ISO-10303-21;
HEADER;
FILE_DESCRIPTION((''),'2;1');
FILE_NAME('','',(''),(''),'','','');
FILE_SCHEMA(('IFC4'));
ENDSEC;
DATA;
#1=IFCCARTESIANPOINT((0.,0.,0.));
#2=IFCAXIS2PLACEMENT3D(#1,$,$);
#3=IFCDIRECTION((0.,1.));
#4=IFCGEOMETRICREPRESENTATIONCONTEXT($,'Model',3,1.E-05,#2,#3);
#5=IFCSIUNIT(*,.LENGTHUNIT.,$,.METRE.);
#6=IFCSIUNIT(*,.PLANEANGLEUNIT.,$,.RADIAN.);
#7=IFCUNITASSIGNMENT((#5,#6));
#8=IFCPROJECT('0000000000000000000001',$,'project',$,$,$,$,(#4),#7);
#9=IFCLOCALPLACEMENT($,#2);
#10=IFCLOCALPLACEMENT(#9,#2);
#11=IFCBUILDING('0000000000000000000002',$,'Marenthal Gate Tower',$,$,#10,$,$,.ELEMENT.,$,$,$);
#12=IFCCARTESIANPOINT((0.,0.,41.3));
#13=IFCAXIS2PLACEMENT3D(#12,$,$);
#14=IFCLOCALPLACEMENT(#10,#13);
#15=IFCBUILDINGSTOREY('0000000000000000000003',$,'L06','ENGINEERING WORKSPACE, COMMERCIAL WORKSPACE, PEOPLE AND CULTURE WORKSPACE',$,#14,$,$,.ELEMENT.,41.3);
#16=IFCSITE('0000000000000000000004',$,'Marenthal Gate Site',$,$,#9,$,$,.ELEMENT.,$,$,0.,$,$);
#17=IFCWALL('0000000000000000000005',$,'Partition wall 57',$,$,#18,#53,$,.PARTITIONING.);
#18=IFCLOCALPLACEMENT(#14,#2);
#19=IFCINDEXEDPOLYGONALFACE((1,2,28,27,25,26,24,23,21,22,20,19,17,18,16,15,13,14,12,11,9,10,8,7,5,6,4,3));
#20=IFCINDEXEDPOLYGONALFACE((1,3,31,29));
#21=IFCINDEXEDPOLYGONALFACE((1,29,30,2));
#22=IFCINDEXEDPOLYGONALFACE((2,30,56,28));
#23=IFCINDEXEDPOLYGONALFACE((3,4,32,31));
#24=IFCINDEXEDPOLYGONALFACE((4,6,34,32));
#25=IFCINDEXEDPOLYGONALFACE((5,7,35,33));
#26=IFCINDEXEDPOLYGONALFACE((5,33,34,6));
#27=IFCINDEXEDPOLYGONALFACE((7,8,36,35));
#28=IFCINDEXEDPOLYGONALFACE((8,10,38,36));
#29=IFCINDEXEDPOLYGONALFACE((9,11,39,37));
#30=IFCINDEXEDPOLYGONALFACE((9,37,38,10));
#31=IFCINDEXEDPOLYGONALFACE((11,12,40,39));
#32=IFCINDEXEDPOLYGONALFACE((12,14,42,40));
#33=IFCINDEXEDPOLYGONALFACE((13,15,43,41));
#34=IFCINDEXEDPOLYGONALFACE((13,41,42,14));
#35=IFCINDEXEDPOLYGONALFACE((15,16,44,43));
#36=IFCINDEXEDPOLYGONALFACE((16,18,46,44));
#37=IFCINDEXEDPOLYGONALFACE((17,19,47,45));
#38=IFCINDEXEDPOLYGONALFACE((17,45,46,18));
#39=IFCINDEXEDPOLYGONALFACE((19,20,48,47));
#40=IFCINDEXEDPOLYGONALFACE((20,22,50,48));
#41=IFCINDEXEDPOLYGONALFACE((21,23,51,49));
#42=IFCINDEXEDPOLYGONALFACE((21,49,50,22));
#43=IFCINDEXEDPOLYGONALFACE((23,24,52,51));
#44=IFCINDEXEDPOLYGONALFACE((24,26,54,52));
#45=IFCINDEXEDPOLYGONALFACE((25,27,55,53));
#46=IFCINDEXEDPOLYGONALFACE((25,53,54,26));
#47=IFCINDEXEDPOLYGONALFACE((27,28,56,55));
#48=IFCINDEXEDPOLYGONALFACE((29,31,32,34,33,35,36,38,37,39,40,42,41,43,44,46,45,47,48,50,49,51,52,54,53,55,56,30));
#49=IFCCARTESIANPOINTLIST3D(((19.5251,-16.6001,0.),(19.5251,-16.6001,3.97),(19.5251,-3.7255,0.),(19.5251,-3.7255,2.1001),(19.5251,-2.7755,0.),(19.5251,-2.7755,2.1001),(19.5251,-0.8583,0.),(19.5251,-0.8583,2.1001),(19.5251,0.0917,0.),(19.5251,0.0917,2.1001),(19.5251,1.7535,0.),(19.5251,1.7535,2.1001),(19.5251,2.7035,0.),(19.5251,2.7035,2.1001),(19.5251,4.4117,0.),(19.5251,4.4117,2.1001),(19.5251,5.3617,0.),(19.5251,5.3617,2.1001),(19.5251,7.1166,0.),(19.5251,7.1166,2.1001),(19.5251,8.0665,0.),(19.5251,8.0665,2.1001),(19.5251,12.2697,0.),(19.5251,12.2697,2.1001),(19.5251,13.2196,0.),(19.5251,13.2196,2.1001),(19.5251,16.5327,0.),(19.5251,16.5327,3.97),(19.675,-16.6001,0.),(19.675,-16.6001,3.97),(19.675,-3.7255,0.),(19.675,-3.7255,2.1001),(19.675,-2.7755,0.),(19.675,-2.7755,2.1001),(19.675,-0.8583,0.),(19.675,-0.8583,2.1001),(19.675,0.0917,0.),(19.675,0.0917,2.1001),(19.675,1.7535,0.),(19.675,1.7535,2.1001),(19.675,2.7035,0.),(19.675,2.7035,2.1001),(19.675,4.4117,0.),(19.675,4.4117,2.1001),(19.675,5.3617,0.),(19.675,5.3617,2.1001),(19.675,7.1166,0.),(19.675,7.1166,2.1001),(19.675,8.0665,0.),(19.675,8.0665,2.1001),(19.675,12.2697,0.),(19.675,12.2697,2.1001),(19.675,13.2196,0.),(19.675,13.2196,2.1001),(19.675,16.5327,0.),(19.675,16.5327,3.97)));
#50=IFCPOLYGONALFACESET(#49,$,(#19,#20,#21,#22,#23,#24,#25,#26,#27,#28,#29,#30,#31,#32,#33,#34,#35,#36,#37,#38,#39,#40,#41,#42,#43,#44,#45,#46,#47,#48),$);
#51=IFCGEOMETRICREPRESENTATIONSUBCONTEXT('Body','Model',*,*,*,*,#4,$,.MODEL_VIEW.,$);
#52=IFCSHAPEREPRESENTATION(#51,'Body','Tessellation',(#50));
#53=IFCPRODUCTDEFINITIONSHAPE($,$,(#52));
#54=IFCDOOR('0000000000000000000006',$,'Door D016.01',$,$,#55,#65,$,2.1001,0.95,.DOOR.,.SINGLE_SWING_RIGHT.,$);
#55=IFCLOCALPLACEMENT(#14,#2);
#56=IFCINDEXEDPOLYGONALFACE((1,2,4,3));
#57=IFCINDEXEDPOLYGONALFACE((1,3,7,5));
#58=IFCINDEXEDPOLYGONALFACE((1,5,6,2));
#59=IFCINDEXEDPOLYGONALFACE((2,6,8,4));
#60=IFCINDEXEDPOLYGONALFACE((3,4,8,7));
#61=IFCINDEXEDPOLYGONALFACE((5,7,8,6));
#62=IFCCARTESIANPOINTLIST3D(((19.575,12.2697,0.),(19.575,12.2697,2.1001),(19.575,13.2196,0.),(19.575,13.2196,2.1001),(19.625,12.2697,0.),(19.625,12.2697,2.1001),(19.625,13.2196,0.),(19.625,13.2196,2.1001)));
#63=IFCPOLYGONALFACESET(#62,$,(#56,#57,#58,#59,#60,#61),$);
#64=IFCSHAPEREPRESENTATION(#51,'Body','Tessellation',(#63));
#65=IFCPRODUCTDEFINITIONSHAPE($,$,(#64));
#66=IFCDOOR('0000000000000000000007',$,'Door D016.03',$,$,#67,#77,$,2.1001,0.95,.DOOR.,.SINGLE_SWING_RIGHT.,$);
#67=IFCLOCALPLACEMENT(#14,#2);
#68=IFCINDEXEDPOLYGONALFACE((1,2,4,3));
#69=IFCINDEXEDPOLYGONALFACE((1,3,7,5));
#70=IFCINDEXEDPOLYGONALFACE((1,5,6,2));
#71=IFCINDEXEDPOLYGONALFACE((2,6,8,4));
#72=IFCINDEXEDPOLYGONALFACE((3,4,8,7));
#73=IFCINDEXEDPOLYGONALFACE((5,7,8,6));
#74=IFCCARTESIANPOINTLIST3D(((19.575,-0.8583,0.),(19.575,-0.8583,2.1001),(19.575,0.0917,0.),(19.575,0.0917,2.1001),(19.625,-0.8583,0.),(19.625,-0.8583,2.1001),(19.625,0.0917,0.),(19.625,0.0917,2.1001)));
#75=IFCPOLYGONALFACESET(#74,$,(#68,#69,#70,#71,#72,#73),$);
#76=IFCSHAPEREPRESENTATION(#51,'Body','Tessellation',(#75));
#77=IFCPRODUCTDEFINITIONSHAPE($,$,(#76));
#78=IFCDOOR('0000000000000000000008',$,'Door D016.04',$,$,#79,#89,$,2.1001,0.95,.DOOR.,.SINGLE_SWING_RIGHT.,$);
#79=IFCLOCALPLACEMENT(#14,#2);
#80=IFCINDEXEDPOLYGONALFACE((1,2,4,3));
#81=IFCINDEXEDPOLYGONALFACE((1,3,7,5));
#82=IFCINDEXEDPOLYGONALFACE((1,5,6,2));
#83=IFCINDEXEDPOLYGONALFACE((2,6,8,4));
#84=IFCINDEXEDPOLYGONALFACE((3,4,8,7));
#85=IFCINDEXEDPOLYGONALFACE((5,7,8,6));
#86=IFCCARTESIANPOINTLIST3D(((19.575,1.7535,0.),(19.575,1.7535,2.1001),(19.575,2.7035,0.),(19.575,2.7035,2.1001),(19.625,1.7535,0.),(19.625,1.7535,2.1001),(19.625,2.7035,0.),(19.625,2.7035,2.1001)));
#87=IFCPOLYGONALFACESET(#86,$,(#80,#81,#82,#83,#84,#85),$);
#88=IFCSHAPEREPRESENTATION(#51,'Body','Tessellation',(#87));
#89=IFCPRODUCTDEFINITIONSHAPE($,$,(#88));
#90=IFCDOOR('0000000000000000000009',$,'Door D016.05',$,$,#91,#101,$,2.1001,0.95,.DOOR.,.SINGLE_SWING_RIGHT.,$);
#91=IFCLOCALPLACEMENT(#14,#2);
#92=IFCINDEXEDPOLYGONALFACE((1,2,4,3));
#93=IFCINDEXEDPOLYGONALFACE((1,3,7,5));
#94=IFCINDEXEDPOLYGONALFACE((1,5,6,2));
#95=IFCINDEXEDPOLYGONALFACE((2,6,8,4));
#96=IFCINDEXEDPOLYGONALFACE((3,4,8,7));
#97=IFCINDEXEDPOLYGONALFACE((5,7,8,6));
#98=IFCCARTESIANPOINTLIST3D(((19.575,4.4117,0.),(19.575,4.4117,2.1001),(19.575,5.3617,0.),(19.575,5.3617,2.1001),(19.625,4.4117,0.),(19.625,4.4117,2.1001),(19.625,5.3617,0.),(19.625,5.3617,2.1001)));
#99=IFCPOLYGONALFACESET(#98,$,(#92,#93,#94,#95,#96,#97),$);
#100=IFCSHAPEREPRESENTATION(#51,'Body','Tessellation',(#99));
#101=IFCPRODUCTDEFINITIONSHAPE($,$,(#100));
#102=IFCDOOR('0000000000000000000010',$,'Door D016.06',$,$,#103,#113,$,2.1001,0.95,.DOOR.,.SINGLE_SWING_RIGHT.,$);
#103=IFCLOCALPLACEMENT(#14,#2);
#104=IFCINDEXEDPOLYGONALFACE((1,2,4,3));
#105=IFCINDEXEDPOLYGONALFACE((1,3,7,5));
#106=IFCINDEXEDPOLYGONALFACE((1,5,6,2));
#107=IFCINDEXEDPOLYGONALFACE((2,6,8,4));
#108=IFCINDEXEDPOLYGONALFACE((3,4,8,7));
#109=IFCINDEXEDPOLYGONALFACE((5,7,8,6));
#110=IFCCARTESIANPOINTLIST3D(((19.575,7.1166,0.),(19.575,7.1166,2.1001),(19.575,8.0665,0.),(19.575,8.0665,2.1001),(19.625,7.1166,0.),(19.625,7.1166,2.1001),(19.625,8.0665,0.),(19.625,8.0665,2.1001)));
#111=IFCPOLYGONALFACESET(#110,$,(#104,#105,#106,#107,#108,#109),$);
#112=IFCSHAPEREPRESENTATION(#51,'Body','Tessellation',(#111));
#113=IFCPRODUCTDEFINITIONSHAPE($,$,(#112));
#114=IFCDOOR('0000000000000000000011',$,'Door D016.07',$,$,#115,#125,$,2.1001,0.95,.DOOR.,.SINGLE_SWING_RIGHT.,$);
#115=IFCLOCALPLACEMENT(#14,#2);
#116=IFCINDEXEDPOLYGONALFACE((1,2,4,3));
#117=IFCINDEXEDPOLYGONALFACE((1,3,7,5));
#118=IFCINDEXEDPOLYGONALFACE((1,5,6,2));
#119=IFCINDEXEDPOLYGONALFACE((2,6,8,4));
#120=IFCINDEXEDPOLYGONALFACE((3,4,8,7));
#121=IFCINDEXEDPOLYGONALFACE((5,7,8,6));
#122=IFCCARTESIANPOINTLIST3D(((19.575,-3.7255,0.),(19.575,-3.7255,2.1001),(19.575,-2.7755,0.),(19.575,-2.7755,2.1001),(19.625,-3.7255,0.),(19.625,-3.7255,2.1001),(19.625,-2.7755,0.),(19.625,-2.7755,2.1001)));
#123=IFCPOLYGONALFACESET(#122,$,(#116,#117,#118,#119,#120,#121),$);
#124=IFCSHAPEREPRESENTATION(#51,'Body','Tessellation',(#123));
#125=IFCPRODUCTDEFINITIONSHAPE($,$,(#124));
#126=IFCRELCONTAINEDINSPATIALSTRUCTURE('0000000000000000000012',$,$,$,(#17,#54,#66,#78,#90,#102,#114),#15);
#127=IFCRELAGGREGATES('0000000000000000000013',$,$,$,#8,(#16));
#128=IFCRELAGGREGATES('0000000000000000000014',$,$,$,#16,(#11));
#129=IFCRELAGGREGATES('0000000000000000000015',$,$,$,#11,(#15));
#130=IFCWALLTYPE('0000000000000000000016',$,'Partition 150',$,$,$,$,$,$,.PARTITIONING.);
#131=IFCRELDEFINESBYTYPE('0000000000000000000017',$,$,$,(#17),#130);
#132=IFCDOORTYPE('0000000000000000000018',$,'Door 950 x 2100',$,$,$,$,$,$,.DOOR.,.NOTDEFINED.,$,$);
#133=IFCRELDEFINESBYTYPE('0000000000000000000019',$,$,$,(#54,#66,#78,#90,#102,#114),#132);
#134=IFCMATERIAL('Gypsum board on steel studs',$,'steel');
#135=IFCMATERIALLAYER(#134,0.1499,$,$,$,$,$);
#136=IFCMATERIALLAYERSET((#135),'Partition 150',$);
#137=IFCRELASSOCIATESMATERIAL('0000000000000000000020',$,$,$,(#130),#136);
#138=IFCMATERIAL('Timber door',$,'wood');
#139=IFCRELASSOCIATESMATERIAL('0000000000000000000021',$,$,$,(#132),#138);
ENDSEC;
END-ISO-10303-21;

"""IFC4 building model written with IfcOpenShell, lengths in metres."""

from ifc_helpers import new_model, si_unit, direction, frame, frame_2d, origin, place, context, subcontext, project, spatial, rectangle, extrude, material, layer, layer_set, type_object, element, fill, save


model = new_model("IFC4")

# Units and contexts
model_context = context("Model", 3, precision=1e-05, world=origin(), true_north=direction((0.0, 1.0)))
body_context = subcontext(model_context, "Body", "Model", "MODEL_VIEW")
ifc_project = project(units=[si_unit("LENGTHUNIT", "METRE"), si_unit("PLANEANGLEUNIT", "RADIAN")], contexts=[model_context])

# Site, building, storey
site_placement = place(None, origin())
site = spatial("IfcSite", under=ifc_project, at=site_placement, Name="Marenthal Gate Site", CompositionType="ELEMENT", RefElevation=0.0)
building_placement = place(site_placement, origin())
building = spatial("IfcBuilding", under=site, at=building_placement, Name="Marenthal Gate Tower", CompositionType="ELEMENT")
storey_placement = place(building_placement, frame((0.0, 0.0, 41.3)))
storey = spatial("IfcBuildingStorey", under=building, at=storey_placement, Name="L06", Description="ENGINEERING WORKSPACE, COMMERCIAL WORKSPACE, PEOPLE AND CULTURE WORKSPACE", CompositionType="ELEMENT", Elevation=41.3)

# Wall, openings, doors
ifc_material_1 = material(Name="Gypsum board on steel studs", Category="steel")
ifc_layer_1 = layer(ifc_material_1, 0.1499)
ifc_layer_set_1 = layer_set([ifc_layer_1], Name="Partition 150")
wall_type_1 = type_object("IfcWallType", Name="Partition 150", PredefinedType="PARTITIONING", material=ifc_layer_set_1)
wall_1_placement = place(storey_placement, frame((19.6001, 16.5327, 0.0), z_axis=(0.0, 0.0, 1.0), x_axis=(0.0, -1.0, 0.0)))
wall_1 = element("IfcWall", 1, at=wall_1_placement, inside=storey, type_object=wall_type_1, Name="Partition wall 57", PredefinedType="PARTITIONING", context=body_context, shape_type="SweptSolid", body=[
    extrude(rectangle(XDim=33.1328, YDim=0.1499, at=frame_2d((16.5664, 0.0))), origin(), (0.0, 0.0, 1.0), 3.97),
])
opening_1_placement = place(wall_1_placement, frame((3.313, 0.0, 0.0)))
opening_1 = element("IfcOpeningElement", 2, at=opening_1_placement, cuts=wall_1, PredefinedType="OPENING", context=body_context, shape_type="SweptSolid", body=[
    extrude(rectangle(XDim=0.95, YDim=2.1001, at=frame_2d((0.4751, 1.05))), frame((0.0, 0.085, 0.0), z_axis=(0.0, -1.0, 0.0), x_axis=(1.0, 0.0, 0.0)), (0.0, 0.0, 1.0), 0.1699),
])
opening_2_placement = place(wall_1_placement, frame((16.4409, 0.0, 0.0)))
opening_2 = element("IfcOpeningElement", 3, at=opening_2_placement, cuts=wall_1, PredefinedType="OPENING", context=body_context, shape_type="SweptSolid", body=[
    extrude(rectangle(XDim=0.95, YDim=2.1001, at=frame_2d((0.4751, 1.05))), frame((0.0, 0.085, 0.0), z_axis=(0.0, -1.0, 0.0), x_axis=(1.0, 0.0, 0.0)), (0.0, 0.0, 1.0), 0.1699),
])
opening_3_placement = place(wall_1_placement, frame((13.8291, 0.0, 0.0)))
opening_3 = element("IfcOpeningElement", 4, at=opening_3_placement, cuts=wall_1, PredefinedType="OPENING", context=body_context, shape_type="SweptSolid", body=[
    extrude(rectangle(XDim=0.95, YDim=2.1001, at=frame_2d((0.4751, 1.05))), frame((0.0, 0.085, 0.0), z_axis=(0.0, -1.0, 0.0), x_axis=(1.0, 0.0, 0.0)), (0.0, 0.0, 1.0), 0.1699),
])
opening_4_placement = place(wall_1_placement, frame((11.1709, 0.0, 0.0)))
opening_4 = element("IfcOpeningElement", 5, at=opening_4_placement, cuts=wall_1, PredefinedType="OPENING", context=body_context, shape_type="SweptSolid", body=[
    extrude(rectangle(XDim=0.95, YDim=2.1001, at=frame_2d((0.4751, 1.05))), frame((0.0, 0.085, 0.0), z_axis=(0.0, -1.0, 0.0), x_axis=(1.0, 0.0, 0.0)), (0.0, 0.0, 1.0), 0.1699),
])
opening_5_placement = place(wall_1_placement, frame((8.4661, 0.0, 0.0)))
opening_5 = element("IfcOpeningElement", 6, at=opening_5_placement, cuts=wall_1, PredefinedType="OPENING", context=body_context, shape_type="SweptSolid", body=[
    extrude(rectangle(XDim=0.95, YDim=2.1001, at=frame_2d((0.4751, 1.05))), frame((0.0, 0.085, 0.0), z_axis=(0.0, -1.0, 0.0), x_axis=(1.0, 0.0, 0.0)), (0.0, 0.0, 1.0), 0.1699),
])
opening_6_placement = place(wall_1_placement, frame((19.3081, 0.0, 0.0)))
opening_6 = element("IfcOpeningElement", 7, at=opening_6_placement, cuts=wall_1, PredefinedType="OPENING", context=body_context, shape_type="SweptSolid", body=[
    extrude(rectangle(XDim=0.95, YDim=2.1001, at=frame_2d((0.4751, 1.05))), frame((0.0, 0.085, 0.0), z_axis=(0.0, -1.0, 0.0), x_axis=(1.0, 0.0, 0.0)), (0.0, 0.0, 1.0), 0.1699),
])
ifc_material_2 = material(Name="Timber door", Category="wood")
door_type_1 = type_object("IfcDoorType", Name="Door 950 x 2100", OperationType="NOTDEFINED", PredefinedType="DOOR", material=ifc_material_2)
door_1_placement = place(opening_1_placement, origin())
door_1 = element("IfcDoor", 8, at=door_1_placement, inside=storey, type_object=door_type_1, Name="Door D016.01", OperationType="SINGLE_SWING_RIGHT", OverallHeight=2.1001, OverallWidth=0.95, PredefinedType="DOOR", context=body_context, shape_type="SweptSolid", body=[
    extrude(rectangle(XDim=0.95, YDim=2.1001, at=frame_2d((0.4751, 1.05))), frame((0.0, 0.0249, 0.0), z_axis=(0.0, -1.0, 0.0), x_axis=(1.0, 0.0, 0.0)), (0.0, 0.0, 1.0), 0.05),
])
fill(opening_1, door_1)
door_2_placement = place(opening_2_placement, origin())
door_2 = element("IfcDoor", 9, at=door_2_placement, inside=storey, type_object=door_type_1, Name="Door D016.03", OperationType="SINGLE_SWING_RIGHT", OverallHeight=2.1001, OverallWidth=0.95, PredefinedType="DOOR", context=body_context, shape_type="SweptSolid", body=[
    extrude(rectangle(XDim=0.95, YDim=2.1001, at=frame_2d((0.4751, 1.05))), frame((0.0, 0.0249, 0.0), z_axis=(0.0, -1.0, 0.0), x_axis=(1.0, 0.0, 0.0)), (0.0, 0.0, 1.0), 0.05),
])
fill(opening_2, door_2)
door_3_placement = place(opening_3_placement, origin())
door_3 = element("IfcDoor", 10, at=door_3_placement, inside=storey, type_object=door_type_1, Name="Door D016.04", OperationType="SINGLE_SWING_RIGHT", OverallHeight=2.1001, OverallWidth=0.95, PredefinedType="DOOR", context=body_context, shape_type="SweptSolid", body=[
    extrude(rectangle(XDim=0.95, YDim=2.1001, at=frame_2d((0.4751, 1.05))), frame((0.0, 0.0249, 0.0), z_axis=(0.0, -1.0, 0.0), x_axis=(1.0, 0.0, 0.0)), (0.0, 0.0, 1.0), 0.05),
])
fill(opening_3, door_3)
door_4_placement = place(opening_4_placement, origin())
door_4 = element("IfcDoor", 11, at=door_4_placement, inside=storey, type_object=door_type_1, Name="Door D016.05", OperationType="SINGLE_SWING_RIGHT", OverallHeight=2.1001, OverallWidth=0.95, PredefinedType="DOOR", context=body_context, shape_type="SweptSolid", body=[
    extrude(rectangle(XDim=0.95, YDim=2.1001, at=frame_2d((0.4751, 1.05))), frame((0.0, 0.0249, 0.0), z_axis=(0.0, -1.0, 0.0), x_axis=(1.0, 0.0, 0.0)), (0.0, 0.0, 1.0), 0.05),
])
fill(opening_4, door_4)
door_5_placement = place(opening_5_placement, origin())
door_5 = element("IfcDoor", 12, at=door_5_placement, inside=storey, type_object=door_type_1, Name="Door D016.06", OperationType="SINGLE_SWING_RIGHT", OverallHeight=2.1001, OverallWidth=0.95, PredefinedType="DOOR", context=body_context, shape_type="SweptSolid", body=[
    extrude(rectangle(XDim=0.95, YDim=2.1001, at=frame_2d((0.4751, 1.05))), frame((0.0, 0.0249, 0.0), z_axis=(0.0, -1.0, 0.0), x_axis=(1.0, 0.0, 0.0)), (0.0, 0.0, 1.0), 0.05),
])
fill(opening_5, door_5)
door_6_placement = place(opening_6_placement, origin())
door_6 = element("IfcDoor", 13, at=door_6_placement, inside=storey, type_object=door_type_1, Name="Door D016.07", OperationType="SINGLE_SWING_RIGHT", OverallHeight=2.1001, OverallWidth=0.95, PredefinedType="DOOR", context=body_context, shape_type="SweptSolid", body=[
    extrude(rectangle(XDim=0.95, YDim=2.1001, at=frame_2d((0.4751, 1.05))), frame((0.0, 0.0249, 0.0), z_axis=(0.0, -1.0, 0.0), x_axis=(1.0, 0.0, 0.0)), (0.0, 0.0, 1.0), 0.05),
])
fill(opening_6, door_6)

save(model, "model.ifc")
